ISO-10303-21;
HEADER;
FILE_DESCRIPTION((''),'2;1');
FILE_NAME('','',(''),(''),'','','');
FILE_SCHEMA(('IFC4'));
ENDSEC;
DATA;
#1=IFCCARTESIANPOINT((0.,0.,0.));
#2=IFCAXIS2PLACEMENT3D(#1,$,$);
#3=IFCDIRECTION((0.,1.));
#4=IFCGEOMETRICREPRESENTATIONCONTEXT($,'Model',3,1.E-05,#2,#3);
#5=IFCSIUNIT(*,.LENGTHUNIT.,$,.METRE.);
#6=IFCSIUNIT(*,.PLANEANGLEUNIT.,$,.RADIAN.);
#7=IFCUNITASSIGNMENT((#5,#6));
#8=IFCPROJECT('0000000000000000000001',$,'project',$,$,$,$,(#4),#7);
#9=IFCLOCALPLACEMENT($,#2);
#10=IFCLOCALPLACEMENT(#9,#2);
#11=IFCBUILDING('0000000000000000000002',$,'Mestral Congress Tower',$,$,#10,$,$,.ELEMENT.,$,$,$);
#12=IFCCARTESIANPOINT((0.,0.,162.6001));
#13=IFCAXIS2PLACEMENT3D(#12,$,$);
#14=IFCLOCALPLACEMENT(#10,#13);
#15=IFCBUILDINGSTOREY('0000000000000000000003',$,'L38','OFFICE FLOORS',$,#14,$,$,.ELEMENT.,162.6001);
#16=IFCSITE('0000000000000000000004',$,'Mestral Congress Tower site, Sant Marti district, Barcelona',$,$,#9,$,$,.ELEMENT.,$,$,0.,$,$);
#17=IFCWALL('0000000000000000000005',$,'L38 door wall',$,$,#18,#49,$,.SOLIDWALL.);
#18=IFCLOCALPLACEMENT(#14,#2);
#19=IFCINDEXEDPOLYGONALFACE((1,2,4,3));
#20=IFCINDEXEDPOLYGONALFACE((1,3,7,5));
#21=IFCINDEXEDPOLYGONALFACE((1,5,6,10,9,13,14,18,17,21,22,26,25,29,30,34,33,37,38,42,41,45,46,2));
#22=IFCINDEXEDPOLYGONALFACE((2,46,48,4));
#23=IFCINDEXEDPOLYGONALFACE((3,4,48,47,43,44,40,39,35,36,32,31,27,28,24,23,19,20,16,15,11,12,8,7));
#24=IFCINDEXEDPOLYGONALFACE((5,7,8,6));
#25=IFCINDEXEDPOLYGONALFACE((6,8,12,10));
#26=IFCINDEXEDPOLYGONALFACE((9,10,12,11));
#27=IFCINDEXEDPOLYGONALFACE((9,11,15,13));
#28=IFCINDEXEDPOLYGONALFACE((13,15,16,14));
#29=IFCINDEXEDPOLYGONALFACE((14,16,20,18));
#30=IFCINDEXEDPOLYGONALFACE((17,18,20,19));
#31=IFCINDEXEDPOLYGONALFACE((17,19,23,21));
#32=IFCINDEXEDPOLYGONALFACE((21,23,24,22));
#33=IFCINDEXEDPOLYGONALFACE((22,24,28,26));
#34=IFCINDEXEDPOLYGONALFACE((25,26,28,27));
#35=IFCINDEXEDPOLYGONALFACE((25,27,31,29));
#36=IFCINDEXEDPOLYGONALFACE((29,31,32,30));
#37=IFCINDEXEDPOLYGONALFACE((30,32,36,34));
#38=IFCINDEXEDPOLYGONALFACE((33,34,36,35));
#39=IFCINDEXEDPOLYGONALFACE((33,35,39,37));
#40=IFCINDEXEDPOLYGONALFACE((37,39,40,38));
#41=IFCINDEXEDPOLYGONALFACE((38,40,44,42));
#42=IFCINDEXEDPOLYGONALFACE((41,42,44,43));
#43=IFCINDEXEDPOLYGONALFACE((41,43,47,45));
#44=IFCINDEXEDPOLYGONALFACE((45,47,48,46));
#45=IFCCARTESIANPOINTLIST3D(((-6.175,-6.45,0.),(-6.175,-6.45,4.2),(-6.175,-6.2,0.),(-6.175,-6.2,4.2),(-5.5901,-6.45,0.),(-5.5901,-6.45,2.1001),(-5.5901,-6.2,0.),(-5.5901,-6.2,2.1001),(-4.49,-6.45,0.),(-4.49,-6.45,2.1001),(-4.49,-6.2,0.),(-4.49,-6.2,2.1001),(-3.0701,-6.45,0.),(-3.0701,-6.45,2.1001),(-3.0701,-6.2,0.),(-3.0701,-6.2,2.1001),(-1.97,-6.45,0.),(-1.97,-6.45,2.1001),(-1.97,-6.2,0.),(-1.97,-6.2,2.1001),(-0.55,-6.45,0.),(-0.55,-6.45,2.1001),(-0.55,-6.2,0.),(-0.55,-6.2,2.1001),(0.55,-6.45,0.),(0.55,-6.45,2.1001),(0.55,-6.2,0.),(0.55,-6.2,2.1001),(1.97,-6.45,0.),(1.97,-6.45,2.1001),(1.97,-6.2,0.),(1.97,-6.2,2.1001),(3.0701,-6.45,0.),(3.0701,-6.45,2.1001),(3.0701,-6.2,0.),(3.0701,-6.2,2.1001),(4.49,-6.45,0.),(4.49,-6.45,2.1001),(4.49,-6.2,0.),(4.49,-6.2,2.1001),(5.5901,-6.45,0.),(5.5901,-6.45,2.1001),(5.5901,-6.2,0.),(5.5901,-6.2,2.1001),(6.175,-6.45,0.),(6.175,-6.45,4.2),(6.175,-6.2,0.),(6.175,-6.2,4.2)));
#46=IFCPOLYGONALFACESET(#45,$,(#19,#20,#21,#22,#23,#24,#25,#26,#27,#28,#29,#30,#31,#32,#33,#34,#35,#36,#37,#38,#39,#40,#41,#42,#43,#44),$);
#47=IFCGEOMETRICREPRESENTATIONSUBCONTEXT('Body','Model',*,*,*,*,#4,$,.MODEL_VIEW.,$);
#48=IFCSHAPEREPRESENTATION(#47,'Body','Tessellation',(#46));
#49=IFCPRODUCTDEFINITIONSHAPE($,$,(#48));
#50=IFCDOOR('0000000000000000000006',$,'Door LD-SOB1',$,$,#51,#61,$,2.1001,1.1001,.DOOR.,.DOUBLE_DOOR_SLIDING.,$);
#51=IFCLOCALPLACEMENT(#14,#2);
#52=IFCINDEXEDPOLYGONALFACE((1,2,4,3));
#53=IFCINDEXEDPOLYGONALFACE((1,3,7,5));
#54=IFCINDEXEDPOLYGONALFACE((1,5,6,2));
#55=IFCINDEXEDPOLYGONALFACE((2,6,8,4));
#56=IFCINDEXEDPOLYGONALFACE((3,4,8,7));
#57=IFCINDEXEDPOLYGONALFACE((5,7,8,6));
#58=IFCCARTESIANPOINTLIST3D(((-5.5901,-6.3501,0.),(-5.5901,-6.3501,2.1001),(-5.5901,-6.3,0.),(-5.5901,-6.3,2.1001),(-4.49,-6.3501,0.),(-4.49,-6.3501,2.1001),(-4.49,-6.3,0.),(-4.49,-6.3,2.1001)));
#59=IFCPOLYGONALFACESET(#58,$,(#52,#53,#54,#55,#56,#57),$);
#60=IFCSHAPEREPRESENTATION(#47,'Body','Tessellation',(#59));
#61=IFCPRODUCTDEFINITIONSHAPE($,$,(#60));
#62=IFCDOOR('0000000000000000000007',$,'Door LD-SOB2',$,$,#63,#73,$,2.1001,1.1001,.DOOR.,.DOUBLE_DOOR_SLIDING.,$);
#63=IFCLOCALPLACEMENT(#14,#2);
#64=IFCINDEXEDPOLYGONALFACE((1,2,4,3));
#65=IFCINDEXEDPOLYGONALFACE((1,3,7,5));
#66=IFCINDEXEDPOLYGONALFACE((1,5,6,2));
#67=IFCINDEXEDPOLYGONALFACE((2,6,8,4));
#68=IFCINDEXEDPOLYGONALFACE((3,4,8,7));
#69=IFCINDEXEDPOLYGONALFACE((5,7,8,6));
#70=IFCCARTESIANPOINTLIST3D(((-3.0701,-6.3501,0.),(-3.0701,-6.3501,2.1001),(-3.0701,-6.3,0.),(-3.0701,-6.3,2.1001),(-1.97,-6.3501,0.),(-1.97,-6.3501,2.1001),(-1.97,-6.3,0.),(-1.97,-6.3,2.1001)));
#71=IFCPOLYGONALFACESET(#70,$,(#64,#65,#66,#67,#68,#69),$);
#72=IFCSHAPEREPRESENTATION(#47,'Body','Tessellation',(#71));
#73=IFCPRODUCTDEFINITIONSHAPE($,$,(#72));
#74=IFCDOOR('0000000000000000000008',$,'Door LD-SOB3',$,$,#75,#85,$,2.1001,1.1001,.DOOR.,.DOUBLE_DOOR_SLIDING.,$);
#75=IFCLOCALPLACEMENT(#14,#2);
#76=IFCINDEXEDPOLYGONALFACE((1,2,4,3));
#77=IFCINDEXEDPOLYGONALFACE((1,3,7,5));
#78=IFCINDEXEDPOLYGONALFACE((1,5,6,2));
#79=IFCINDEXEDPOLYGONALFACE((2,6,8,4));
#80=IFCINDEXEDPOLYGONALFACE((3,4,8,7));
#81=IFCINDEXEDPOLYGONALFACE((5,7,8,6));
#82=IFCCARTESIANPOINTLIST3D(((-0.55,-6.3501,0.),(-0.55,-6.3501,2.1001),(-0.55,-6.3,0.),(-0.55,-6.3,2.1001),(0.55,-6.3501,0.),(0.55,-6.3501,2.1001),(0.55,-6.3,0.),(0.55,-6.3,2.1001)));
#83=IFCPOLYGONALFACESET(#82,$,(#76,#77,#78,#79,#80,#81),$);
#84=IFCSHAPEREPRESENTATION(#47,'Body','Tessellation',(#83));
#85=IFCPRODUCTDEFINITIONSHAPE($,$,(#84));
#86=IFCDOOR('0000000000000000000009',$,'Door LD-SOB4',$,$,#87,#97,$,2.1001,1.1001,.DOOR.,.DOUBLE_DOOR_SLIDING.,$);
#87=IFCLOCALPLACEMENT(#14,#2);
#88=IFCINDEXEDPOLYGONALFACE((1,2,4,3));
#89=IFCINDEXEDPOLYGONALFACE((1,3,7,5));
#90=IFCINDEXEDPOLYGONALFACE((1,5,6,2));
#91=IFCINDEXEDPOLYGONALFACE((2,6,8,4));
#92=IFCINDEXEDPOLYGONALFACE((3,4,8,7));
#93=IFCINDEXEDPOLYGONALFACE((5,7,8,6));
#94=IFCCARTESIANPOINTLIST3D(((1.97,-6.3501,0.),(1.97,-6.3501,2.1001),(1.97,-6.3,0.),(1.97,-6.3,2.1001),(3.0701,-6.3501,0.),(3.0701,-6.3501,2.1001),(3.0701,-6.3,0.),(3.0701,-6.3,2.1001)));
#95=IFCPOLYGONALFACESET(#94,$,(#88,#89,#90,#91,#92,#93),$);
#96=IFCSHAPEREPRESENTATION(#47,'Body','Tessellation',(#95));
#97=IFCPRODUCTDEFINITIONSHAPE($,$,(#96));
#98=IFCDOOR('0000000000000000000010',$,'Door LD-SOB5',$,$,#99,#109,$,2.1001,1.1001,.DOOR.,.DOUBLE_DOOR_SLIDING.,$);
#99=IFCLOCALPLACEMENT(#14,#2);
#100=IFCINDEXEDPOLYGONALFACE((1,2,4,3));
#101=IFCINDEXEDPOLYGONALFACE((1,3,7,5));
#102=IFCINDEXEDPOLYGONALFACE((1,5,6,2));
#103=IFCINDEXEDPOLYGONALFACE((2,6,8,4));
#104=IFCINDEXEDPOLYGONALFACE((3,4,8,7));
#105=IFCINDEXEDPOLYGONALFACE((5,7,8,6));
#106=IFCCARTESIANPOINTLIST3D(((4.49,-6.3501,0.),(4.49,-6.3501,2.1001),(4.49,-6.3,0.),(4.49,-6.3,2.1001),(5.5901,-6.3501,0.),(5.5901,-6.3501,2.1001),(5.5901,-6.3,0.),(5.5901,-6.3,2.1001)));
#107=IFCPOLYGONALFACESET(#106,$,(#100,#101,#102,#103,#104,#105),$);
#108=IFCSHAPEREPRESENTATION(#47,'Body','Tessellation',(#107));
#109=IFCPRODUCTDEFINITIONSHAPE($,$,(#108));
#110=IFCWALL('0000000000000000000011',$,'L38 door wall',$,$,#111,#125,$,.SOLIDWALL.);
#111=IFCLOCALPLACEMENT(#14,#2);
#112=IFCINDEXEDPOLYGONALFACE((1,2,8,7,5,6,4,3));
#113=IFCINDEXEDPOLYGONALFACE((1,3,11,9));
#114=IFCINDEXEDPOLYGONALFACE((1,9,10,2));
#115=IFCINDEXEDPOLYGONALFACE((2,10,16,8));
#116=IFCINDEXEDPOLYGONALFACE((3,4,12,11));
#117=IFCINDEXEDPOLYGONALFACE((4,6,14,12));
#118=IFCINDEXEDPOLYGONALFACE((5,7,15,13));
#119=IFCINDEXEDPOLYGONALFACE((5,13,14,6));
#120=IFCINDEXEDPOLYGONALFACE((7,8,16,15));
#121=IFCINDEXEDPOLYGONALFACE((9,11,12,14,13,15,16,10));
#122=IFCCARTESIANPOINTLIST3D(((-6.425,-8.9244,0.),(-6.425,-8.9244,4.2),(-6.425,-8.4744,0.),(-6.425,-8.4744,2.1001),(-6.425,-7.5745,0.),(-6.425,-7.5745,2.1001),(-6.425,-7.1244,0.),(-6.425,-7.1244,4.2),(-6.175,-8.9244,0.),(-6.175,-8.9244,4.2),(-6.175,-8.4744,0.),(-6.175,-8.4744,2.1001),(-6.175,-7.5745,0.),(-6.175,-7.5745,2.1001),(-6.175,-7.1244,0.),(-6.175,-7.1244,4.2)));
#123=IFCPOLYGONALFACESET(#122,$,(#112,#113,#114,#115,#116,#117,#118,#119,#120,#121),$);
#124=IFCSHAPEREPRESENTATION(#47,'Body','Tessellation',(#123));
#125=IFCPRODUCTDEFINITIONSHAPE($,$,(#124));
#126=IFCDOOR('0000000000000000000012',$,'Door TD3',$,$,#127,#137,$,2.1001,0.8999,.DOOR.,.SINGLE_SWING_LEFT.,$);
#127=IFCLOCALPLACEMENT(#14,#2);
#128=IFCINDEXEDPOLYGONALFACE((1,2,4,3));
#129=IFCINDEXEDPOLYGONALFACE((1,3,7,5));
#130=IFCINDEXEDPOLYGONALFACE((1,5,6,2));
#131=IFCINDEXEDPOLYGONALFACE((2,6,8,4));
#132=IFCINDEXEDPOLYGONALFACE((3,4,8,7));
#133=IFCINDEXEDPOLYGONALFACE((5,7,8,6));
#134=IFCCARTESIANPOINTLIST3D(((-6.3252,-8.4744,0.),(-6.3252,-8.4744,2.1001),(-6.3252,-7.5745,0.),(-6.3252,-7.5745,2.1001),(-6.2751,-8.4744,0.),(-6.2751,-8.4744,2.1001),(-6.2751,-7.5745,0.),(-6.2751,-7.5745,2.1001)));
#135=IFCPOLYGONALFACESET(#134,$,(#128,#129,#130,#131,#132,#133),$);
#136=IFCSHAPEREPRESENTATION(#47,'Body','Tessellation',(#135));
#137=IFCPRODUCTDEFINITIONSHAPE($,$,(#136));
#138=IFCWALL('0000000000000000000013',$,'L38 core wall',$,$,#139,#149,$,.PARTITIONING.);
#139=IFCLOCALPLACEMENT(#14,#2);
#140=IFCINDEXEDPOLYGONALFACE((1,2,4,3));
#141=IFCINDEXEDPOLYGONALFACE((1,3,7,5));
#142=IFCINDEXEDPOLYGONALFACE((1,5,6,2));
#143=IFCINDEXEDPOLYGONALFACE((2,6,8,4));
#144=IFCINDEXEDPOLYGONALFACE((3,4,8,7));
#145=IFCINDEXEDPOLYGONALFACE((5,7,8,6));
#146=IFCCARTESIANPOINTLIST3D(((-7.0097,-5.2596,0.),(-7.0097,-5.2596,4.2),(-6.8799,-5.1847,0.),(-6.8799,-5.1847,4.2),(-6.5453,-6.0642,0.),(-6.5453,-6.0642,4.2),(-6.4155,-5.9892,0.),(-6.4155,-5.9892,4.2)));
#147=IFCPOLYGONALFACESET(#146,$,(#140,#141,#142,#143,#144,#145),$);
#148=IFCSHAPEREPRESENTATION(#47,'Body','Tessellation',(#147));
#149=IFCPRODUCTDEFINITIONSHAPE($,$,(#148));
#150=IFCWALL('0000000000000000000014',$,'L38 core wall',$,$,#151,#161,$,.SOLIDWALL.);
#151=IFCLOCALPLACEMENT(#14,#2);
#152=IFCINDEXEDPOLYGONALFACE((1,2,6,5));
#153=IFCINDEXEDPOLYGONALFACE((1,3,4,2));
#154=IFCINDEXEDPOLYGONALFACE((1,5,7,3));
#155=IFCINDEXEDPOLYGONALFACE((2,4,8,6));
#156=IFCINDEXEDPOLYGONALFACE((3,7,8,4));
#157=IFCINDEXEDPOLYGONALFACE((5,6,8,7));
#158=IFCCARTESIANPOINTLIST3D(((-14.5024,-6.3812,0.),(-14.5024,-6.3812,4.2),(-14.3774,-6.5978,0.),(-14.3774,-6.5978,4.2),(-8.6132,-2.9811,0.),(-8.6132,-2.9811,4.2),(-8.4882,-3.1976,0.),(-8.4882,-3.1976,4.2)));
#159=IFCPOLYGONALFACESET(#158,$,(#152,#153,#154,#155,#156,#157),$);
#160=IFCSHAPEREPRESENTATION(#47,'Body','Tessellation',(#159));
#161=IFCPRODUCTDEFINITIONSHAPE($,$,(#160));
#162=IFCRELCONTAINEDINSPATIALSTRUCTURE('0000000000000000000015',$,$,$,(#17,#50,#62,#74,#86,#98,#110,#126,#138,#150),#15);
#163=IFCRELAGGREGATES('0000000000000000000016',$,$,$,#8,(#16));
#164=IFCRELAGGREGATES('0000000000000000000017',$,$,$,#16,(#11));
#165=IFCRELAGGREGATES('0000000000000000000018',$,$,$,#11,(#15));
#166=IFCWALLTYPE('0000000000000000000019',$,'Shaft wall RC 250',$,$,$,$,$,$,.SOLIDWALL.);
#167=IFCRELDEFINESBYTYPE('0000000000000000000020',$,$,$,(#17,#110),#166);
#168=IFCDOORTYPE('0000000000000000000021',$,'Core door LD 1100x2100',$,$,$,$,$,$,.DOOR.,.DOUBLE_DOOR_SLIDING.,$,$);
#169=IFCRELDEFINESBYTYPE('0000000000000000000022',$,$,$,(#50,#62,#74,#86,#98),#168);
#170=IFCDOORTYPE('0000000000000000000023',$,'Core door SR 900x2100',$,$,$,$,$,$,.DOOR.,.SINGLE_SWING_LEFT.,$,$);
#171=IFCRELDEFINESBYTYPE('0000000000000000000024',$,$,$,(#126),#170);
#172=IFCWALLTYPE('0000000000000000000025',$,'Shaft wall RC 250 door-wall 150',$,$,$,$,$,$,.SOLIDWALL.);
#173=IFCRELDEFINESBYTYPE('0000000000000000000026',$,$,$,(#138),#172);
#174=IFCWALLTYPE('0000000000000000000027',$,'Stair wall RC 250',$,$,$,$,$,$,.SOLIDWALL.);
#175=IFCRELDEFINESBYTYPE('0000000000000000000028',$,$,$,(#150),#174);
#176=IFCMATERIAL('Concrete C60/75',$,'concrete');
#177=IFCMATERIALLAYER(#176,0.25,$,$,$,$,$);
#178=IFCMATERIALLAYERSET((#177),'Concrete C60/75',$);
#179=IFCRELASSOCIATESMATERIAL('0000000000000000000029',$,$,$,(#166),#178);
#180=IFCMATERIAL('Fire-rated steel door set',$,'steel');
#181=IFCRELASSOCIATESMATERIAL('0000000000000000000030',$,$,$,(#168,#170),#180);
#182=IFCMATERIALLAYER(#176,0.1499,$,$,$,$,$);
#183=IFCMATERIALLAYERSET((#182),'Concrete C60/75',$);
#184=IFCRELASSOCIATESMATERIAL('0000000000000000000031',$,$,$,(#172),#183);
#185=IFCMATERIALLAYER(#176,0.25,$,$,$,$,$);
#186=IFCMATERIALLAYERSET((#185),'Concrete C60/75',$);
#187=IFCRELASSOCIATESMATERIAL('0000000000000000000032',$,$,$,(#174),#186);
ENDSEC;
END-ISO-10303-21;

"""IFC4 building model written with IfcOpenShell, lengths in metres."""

from ifc_helpers import new_model, si_unit, direction, frame, frame_2d, origin, place, context, subcontext, project, spatial, rectangle, extrude, material, layer, layer_set, type_object, element, fill, save


model = new_model("IFC4")

# Units and contexts
model_context = context("Model", 3, precision=1e-05, world=origin(), true_north=direction((0.0, 1.0)))
body_context = subcontext(model_context, "Body", "Model", "MODEL_VIEW")
ifc_project = project(units=[si_unit("LENGTHUNIT", "METRE"), si_unit("PLANEANGLEUNIT", "RADIAN")], contexts=[model_context])

# Site, building, storey
site_placement = place(None, origin())
site = spatial("IfcSite", under=ifc_project, at=site_placement, Name="Mestral Congress Tower site, Sant Marti district, Barcelona", CompositionType="ELEMENT", RefElevation=0.0)
building_placement = place(site_placement, origin())
building = spatial("IfcBuilding", under=site, at=building_placement, Name="Mestral Congress Tower", CompositionType="ELEMENT")
storey_placement = place(building_placement, frame((0.0, 0.0, 162.6001)))
storey = spatial("IfcBuildingStorey", under=building, at=storey_placement, Name="L38", Description="OFFICE FLOORS", CompositionType="ELEMENT", Elevation=162.6001)

# Shared definitions
ifc_material_1 = material(Name="Fire-rated steel door set", Category="steel")

# Shared definitions
ifc_material_2 = material(Name="Concrete C60/75", Category="concrete")
ifc_layer_1 = layer(ifc_material_2, 0.25)
ifc_layer_set_1 = layer_set([ifc_layer_1], Name="Concrete C60/75")
wall_type_1 = type_object("IfcWallType", Name="Shaft wall RC 250", PredefinedType="SOLIDWALL", material=ifc_layer_set_1)

# Wall, openings, doors
wall_1_placement = place(storey_placement, frame((-6.175, -6.325, 0.0), z_axis=(0.0, 0.0, 1.0), x_axis=(1.0, 0.0, 0.0)))
wall_1 = element("IfcWall", 1, at=wall_1_placement, inside=storey, type_object=wall_type_1, Name="L38 door wall", PredefinedType="SOLIDWALL", context=body_context, shape_type="SweptSolid", body=[
    extrude(rectangle(XDim=12.3501, YDim=0.25, at=frame_2d((6.175, 0.0))), origin(), (0.0, 0.0, 1.0), 4.2),
])
opening_1_placement = place(wall_1_placement, frame((0.585, 0.0, 0.0)))
opening_1 = element("IfcOpeningElement", 2, at=opening_1_placement, cuts=wall_1, PredefinedType="OPENING", context=body_context, shape_type="SweptSolid", body=[
    extrude(rectangle(XDim=1.1001, YDim=2.1001, at=frame_2d((0.55, 1.05))), frame((0.0, 0.135, 0.0), z_axis=(0.0, -1.0, 0.0), x_axis=(1.0, 0.0, 0.0)), (0.0, 0.0, 1.0), 0.27),
])
opening_2_placement = place(wall_1_placement, frame((3.105, 0.0, 0.0)))
opening_2 = element("IfcOpeningElement", 3, at=opening_2_placement, cuts=wall_1, PredefinedType="OPENING", context=body_context, shape_type="SweptSolid", body=[
    extrude(rectangle(XDim=1.1001, YDim=2.1001, at=frame_2d((0.55, 1.05))), frame((0.0, 0.135, 0.0), z_axis=(0.0, -1.0, 0.0), x_axis=(1.0, 0.0, 0.0)), (0.0, 0.0, 1.0), 0.27),
])
opening_3_placement = place(wall_1_placement, frame((5.625, 0.0, 0.0)))
opening_3 = element("IfcOpeningElement", 4, at=opening_3_placement, cuts=wall_1, PredefinedType="OPENING", context=body_context, shape_type="SweptSolid", body=[
    extrude(rectangle(XDim=1.1001, YDim=2.1001, at=frame_2d((0.55, 1.05))), frame((0.0, 0.135, 0.0), z_axis=(0.0, -1.0, 0.0), x_axis=(1.0, 0.0, 0.0)), (0.0, 0.0, 1.0), 0.27),
])
opening_4_placement = place(wall_1_placement, frame((8.145, 0.0, 0.0)))
opening_4 = element("IfcOpeningElement", 5, at=opening_4_placement, cuts=wall_1, PredefinedType="OPENING", context=body_context, shape_type="SweptSolid", body=[
    extrude(rectangle(XDim=1.1001, YDim=2.1001, at=frame_2d((0.55, 1.05))), frame((0.0, 0.135, 0.0), z_axis=(0.0, -1.0, 0.0), x_axis=(1.0, 0.0, 0.0)), (0.0, 0.0, 1.0), 0.27),
])
opening_5_placement = place(wall_1_placement, frame((10.665, 0.0, 0.0)))
opening_5 = element("IfcOpeningElement", 6, at=opening_5_placement, cuts=wall_1, PredefinedType="OPENING", context=body_context, shape_type="SweptSolid", body=[
    extrude(rectangle(XDim=1.1001, YDim=2.1001, at=frame_2d((0.55, 1.05))), frame((0.0, 0.135, 0.0), z_axis=(0.0, -1.0, 0.0), x_axis=(1.0, 0.0, 0.0)), (0.0, 0.0, 1.0), 0.27),
])
door_type_1 = type_object("IfcDoorType", Name="Core door LD 1100x2100", OperationType="DOUBLE_DOOR_SLIDING", PredefinedType="DOOR", material=ifc_material_1)
door_1_placement = place(opening_1_placement, origin())
door_1 = element("IfcDoor", 7, at=door_1_placement, inside=storey, type_object=door_type_1, Name="Door LD-SOB1", OperationType="DOUBLE_DOOR_SLIDING", OverallHeight=2.1001, OverallWidth=1.1001, PredefinedType="DOOR", context=body_context, shape_type="SweptSolid", body=[
    extrude(rectangle(XDim=1.1001, YDim=2.1001, at=frame_2d((0.55, 1.05))), frame((0.0, 0.0249, 0.0), z_axis=(0.0, -1.0, 0.0), x_axis=(1.0, 0.0, 0.0)), (0.0, 0.0, 1.0), 0.05),
])
fill(opening_1, door_1)
door_2_placement = place(opening_2_placement, origin())
door_2 = element("IfcDoor", 8, at=door_2_placement, inside=storey, type_object=door_type_1, Name="Door LD-SOB2", OperationType="DOUBLE_DOOR_SLIDING", OverallHeight=2.1001, OverallWidth=1.1001, PredefinedType="DOOR", context=body_context, shape_type="SweptSolid", body=[
    extrude(rectangle(XDim=1.1001, YDim=2.1001, at=frame_2d((0.55, 1.05))), frame((0.0, 0.0249, 0.0), z_axis=(0.0, -1.0, 0.0), x_axis=(1.0, 0.0, 0.0)), (0.0, 0.0, 1.0), 0.05),
])
fill(opening_2, door_2)
door_3_placement = place(opening_3_placement, origin())
door_3 = element("IfcDoor", 9, at=door_3_placement, inside=storey, type_object=door_type_1, Name="Door LD-SOB3", OperationType="DOUBLE_DOOR_SLIDING", OverallHeight=2.1001, OverallWidth=1.1001, PredefinedType="DOOR", context=body_context, shape_type="SweptSolid", body=[
    extrude(rectangle(XDim=1.1001, YDim=2.1001, at=frame_2d((0.55, 1.05))), frame((0.0, 0.0249, 0.0), z_axis=(0.0, -1.0, 0.0), x_axis=(1.0, 0.0, 0.0)), (0.0, 0.0, 1.0), 0.05),
])
fill(opening_3, door_3)
door_4_placement = place(opening_4_placement, origin())
door_4 = element("IfcDoor", 10, at=door_4_placement, inside=storey, type_object=door_type_1, Name="Door LD-SOB4", OperationType="DOUBLE_DOOR_SLIDING", OverallHeight=2.1001, OverallWidth=1.1001, PredefinedType="DOOR", context=body_context, shape_type="SweptSolid", body=[
    extrude(rectangle(XDim=1.1001, YDim=2.1001, at=frame_2d((0.55, 1.05))), frame((0.0, 0.0249, 0.0), z_axis=(0.0, -1.0, 0.0), x_axis=(1.0, 0.0, 0.0)), (0.0, 0.0, 1.0), 0.05),
])
fill(opening_4, door_4)
door_5_placement = place(opening_5_placement, origin())
door_5 = element("IfcDoor", 11, at=door_5_placement, inside=storey, type_object=door_type_1, Name="Door LD-SOB5", OperationType="DOUBLE_DOOR_SLIDING", OverallHeight=2.1001, OverallWidth=1.1001, PredefinedType="DOOR", context=body_context, shape_type="SweptSolid", body=[
    extrude(rectangle(XDim=1.1001, YDim=2.1001, at=frame_2d((0.55, 1.05))), frame((0.0, 0.0249, 0.0), z_axis=(0.0, -1.0, 0.0), x_axis=(1.0, 0.0, 0.0)), (0.0, 0.0, 1.0), 0.05),
])
fill(opening_5, door_5)

# Wall, opening, door
wall_2_placement = place(storey_placement, frame((-6.3, -7.1245, 0.0), z_axis=(0.0, 0.0, 1.0), x_axis=(0.0, -1.0, 0.0)))
wall_2 = element("IfcWall", 12, at=wall_2_placement, inside=storey, type_object=wall_type_1, Name="L38 door wall", PredefinedType="SOLIDWALL", context=body_context, shape_type="SweptSolid", body=[
    extrude(rectangle(XDim=1.8, YDim=0.25, at=frame_2d((0.8999, 0.0))), origin(), (0.0, 0.0, 1.0), 4.2),
])
opening_6_placement = place(wall_2_placement, frame((0.45, 0.0, 0.0)))
opening_6 = element("IfcOpeningElement", 13, at=opening_6_placement, cuts=wall_2, PredefinedType="OPENING", context=body_context, shape_type="SweptSolid", body=[
    extrude(rectangle(XDim=0.8999, YDim=2.1001, at=frame_2d((0.45, 1.05))), frame((0.0, 0.135, 0.0), z_axis=(0.0, -1.0, 0.0), x_axis=(1.0, 0.0, 0.0)), (0.0, 0.0, 1.0), 0.27),
])
door_type_2 = type_object("IfcDoorType", Name="Core door SR 900x2100", OperationType="SINGLE_SWING_LEFT", PredefinedType="DOOR", material=ifc_material_1)
door_6_placement = place(opening_6_placement, origin())
door_6 = element("IfcDoor", 14, at=door_6_placement, inside=storey, type_object=door_type_2, Name="Door TD3", OperationType="SINGLE_SWING_LEFT", OverallHeight=2.1001, OverallWidth=0.8999, PredefinedType="DOOR", context=body_context, shape_type="SweptSolid", body=[
    extrude(rectangle(XDim=0.8999, YDim=2.1001, at=frame_2d((0.45, 1.05))), frame((0.0, 0.0249, 0.0), z_axis=(0.0, -1.0, 0.0), x_axis=(1.0, 0.0, 0.0)), (0.0, 0.0, 1.0), 0.05),
])
fill(opening_6, door_6)

# Walls
ifc_layer_2 = layer(ifc_material_2, 0.1499)
ifc_layer_set_2 = layer_set([ifc_layer_2], Name="Concrete C60/75")
wall_type_2 = type_object("IfcWallType", Name="Shaft wall RC 250 door-wall 150", PredefinedType="SOLIDWALL", material=ifc_layer_set_2)
wall_3_placement = place(storey_placement, frame((-6.4805, -6.0266, 0.0), z_axis=(0.0, 0.0, 1.0), x_axis=(-0.499927, 0.866067, 0.0)))
element("IfcWall", 15, at=wall_3_placement, inside=storey, type_object=wall_type_2, Name="L38 core wall", PredefinedType="PARTITIONING", context=body_context, shape_type="SweptSolid", body=[
    extrude(rectangle(XDim=0.929, YDim=0.1499, at=frame_2d((0.4644, 0.0))), origin(), (0.0, 0.0, 1.0), 4.2),
])
ifc_layer_3 = layer(ifc_material_2, 0.25)
ifc_layer_set_3 = layer_set([ifc_layer_3], Name="Concrete C60/75")
wall_type_3 = type_object("IfcWallType", Name="Stair wall RC 250", PredefinedType="SOLIDWALL", material=ifc_layer_set_3)
wall_4_placement = place(storey_placement, frame((-14.4399, -6.4895, 0.0), z_axis=(0.0, 0.0, 1.0), x_axis=(0.866023, 0.500004, 0.0)))
element("IfcWall", 16, at=wall_4_placement, inside=storey, type_object=wall_type_3, Name="L38 core wall", PredefinedType="SOLIDWALL", context=body_context, shape_type="SweptSolid", body=[
    extrude(rectangle(XDim=6.8003, YDim=0.25, at=frame_2d((3.4001, 0.0))), origin(), (0.0, 0.0, 1.0), 4.2),
])

save(model, "model.ifc")
